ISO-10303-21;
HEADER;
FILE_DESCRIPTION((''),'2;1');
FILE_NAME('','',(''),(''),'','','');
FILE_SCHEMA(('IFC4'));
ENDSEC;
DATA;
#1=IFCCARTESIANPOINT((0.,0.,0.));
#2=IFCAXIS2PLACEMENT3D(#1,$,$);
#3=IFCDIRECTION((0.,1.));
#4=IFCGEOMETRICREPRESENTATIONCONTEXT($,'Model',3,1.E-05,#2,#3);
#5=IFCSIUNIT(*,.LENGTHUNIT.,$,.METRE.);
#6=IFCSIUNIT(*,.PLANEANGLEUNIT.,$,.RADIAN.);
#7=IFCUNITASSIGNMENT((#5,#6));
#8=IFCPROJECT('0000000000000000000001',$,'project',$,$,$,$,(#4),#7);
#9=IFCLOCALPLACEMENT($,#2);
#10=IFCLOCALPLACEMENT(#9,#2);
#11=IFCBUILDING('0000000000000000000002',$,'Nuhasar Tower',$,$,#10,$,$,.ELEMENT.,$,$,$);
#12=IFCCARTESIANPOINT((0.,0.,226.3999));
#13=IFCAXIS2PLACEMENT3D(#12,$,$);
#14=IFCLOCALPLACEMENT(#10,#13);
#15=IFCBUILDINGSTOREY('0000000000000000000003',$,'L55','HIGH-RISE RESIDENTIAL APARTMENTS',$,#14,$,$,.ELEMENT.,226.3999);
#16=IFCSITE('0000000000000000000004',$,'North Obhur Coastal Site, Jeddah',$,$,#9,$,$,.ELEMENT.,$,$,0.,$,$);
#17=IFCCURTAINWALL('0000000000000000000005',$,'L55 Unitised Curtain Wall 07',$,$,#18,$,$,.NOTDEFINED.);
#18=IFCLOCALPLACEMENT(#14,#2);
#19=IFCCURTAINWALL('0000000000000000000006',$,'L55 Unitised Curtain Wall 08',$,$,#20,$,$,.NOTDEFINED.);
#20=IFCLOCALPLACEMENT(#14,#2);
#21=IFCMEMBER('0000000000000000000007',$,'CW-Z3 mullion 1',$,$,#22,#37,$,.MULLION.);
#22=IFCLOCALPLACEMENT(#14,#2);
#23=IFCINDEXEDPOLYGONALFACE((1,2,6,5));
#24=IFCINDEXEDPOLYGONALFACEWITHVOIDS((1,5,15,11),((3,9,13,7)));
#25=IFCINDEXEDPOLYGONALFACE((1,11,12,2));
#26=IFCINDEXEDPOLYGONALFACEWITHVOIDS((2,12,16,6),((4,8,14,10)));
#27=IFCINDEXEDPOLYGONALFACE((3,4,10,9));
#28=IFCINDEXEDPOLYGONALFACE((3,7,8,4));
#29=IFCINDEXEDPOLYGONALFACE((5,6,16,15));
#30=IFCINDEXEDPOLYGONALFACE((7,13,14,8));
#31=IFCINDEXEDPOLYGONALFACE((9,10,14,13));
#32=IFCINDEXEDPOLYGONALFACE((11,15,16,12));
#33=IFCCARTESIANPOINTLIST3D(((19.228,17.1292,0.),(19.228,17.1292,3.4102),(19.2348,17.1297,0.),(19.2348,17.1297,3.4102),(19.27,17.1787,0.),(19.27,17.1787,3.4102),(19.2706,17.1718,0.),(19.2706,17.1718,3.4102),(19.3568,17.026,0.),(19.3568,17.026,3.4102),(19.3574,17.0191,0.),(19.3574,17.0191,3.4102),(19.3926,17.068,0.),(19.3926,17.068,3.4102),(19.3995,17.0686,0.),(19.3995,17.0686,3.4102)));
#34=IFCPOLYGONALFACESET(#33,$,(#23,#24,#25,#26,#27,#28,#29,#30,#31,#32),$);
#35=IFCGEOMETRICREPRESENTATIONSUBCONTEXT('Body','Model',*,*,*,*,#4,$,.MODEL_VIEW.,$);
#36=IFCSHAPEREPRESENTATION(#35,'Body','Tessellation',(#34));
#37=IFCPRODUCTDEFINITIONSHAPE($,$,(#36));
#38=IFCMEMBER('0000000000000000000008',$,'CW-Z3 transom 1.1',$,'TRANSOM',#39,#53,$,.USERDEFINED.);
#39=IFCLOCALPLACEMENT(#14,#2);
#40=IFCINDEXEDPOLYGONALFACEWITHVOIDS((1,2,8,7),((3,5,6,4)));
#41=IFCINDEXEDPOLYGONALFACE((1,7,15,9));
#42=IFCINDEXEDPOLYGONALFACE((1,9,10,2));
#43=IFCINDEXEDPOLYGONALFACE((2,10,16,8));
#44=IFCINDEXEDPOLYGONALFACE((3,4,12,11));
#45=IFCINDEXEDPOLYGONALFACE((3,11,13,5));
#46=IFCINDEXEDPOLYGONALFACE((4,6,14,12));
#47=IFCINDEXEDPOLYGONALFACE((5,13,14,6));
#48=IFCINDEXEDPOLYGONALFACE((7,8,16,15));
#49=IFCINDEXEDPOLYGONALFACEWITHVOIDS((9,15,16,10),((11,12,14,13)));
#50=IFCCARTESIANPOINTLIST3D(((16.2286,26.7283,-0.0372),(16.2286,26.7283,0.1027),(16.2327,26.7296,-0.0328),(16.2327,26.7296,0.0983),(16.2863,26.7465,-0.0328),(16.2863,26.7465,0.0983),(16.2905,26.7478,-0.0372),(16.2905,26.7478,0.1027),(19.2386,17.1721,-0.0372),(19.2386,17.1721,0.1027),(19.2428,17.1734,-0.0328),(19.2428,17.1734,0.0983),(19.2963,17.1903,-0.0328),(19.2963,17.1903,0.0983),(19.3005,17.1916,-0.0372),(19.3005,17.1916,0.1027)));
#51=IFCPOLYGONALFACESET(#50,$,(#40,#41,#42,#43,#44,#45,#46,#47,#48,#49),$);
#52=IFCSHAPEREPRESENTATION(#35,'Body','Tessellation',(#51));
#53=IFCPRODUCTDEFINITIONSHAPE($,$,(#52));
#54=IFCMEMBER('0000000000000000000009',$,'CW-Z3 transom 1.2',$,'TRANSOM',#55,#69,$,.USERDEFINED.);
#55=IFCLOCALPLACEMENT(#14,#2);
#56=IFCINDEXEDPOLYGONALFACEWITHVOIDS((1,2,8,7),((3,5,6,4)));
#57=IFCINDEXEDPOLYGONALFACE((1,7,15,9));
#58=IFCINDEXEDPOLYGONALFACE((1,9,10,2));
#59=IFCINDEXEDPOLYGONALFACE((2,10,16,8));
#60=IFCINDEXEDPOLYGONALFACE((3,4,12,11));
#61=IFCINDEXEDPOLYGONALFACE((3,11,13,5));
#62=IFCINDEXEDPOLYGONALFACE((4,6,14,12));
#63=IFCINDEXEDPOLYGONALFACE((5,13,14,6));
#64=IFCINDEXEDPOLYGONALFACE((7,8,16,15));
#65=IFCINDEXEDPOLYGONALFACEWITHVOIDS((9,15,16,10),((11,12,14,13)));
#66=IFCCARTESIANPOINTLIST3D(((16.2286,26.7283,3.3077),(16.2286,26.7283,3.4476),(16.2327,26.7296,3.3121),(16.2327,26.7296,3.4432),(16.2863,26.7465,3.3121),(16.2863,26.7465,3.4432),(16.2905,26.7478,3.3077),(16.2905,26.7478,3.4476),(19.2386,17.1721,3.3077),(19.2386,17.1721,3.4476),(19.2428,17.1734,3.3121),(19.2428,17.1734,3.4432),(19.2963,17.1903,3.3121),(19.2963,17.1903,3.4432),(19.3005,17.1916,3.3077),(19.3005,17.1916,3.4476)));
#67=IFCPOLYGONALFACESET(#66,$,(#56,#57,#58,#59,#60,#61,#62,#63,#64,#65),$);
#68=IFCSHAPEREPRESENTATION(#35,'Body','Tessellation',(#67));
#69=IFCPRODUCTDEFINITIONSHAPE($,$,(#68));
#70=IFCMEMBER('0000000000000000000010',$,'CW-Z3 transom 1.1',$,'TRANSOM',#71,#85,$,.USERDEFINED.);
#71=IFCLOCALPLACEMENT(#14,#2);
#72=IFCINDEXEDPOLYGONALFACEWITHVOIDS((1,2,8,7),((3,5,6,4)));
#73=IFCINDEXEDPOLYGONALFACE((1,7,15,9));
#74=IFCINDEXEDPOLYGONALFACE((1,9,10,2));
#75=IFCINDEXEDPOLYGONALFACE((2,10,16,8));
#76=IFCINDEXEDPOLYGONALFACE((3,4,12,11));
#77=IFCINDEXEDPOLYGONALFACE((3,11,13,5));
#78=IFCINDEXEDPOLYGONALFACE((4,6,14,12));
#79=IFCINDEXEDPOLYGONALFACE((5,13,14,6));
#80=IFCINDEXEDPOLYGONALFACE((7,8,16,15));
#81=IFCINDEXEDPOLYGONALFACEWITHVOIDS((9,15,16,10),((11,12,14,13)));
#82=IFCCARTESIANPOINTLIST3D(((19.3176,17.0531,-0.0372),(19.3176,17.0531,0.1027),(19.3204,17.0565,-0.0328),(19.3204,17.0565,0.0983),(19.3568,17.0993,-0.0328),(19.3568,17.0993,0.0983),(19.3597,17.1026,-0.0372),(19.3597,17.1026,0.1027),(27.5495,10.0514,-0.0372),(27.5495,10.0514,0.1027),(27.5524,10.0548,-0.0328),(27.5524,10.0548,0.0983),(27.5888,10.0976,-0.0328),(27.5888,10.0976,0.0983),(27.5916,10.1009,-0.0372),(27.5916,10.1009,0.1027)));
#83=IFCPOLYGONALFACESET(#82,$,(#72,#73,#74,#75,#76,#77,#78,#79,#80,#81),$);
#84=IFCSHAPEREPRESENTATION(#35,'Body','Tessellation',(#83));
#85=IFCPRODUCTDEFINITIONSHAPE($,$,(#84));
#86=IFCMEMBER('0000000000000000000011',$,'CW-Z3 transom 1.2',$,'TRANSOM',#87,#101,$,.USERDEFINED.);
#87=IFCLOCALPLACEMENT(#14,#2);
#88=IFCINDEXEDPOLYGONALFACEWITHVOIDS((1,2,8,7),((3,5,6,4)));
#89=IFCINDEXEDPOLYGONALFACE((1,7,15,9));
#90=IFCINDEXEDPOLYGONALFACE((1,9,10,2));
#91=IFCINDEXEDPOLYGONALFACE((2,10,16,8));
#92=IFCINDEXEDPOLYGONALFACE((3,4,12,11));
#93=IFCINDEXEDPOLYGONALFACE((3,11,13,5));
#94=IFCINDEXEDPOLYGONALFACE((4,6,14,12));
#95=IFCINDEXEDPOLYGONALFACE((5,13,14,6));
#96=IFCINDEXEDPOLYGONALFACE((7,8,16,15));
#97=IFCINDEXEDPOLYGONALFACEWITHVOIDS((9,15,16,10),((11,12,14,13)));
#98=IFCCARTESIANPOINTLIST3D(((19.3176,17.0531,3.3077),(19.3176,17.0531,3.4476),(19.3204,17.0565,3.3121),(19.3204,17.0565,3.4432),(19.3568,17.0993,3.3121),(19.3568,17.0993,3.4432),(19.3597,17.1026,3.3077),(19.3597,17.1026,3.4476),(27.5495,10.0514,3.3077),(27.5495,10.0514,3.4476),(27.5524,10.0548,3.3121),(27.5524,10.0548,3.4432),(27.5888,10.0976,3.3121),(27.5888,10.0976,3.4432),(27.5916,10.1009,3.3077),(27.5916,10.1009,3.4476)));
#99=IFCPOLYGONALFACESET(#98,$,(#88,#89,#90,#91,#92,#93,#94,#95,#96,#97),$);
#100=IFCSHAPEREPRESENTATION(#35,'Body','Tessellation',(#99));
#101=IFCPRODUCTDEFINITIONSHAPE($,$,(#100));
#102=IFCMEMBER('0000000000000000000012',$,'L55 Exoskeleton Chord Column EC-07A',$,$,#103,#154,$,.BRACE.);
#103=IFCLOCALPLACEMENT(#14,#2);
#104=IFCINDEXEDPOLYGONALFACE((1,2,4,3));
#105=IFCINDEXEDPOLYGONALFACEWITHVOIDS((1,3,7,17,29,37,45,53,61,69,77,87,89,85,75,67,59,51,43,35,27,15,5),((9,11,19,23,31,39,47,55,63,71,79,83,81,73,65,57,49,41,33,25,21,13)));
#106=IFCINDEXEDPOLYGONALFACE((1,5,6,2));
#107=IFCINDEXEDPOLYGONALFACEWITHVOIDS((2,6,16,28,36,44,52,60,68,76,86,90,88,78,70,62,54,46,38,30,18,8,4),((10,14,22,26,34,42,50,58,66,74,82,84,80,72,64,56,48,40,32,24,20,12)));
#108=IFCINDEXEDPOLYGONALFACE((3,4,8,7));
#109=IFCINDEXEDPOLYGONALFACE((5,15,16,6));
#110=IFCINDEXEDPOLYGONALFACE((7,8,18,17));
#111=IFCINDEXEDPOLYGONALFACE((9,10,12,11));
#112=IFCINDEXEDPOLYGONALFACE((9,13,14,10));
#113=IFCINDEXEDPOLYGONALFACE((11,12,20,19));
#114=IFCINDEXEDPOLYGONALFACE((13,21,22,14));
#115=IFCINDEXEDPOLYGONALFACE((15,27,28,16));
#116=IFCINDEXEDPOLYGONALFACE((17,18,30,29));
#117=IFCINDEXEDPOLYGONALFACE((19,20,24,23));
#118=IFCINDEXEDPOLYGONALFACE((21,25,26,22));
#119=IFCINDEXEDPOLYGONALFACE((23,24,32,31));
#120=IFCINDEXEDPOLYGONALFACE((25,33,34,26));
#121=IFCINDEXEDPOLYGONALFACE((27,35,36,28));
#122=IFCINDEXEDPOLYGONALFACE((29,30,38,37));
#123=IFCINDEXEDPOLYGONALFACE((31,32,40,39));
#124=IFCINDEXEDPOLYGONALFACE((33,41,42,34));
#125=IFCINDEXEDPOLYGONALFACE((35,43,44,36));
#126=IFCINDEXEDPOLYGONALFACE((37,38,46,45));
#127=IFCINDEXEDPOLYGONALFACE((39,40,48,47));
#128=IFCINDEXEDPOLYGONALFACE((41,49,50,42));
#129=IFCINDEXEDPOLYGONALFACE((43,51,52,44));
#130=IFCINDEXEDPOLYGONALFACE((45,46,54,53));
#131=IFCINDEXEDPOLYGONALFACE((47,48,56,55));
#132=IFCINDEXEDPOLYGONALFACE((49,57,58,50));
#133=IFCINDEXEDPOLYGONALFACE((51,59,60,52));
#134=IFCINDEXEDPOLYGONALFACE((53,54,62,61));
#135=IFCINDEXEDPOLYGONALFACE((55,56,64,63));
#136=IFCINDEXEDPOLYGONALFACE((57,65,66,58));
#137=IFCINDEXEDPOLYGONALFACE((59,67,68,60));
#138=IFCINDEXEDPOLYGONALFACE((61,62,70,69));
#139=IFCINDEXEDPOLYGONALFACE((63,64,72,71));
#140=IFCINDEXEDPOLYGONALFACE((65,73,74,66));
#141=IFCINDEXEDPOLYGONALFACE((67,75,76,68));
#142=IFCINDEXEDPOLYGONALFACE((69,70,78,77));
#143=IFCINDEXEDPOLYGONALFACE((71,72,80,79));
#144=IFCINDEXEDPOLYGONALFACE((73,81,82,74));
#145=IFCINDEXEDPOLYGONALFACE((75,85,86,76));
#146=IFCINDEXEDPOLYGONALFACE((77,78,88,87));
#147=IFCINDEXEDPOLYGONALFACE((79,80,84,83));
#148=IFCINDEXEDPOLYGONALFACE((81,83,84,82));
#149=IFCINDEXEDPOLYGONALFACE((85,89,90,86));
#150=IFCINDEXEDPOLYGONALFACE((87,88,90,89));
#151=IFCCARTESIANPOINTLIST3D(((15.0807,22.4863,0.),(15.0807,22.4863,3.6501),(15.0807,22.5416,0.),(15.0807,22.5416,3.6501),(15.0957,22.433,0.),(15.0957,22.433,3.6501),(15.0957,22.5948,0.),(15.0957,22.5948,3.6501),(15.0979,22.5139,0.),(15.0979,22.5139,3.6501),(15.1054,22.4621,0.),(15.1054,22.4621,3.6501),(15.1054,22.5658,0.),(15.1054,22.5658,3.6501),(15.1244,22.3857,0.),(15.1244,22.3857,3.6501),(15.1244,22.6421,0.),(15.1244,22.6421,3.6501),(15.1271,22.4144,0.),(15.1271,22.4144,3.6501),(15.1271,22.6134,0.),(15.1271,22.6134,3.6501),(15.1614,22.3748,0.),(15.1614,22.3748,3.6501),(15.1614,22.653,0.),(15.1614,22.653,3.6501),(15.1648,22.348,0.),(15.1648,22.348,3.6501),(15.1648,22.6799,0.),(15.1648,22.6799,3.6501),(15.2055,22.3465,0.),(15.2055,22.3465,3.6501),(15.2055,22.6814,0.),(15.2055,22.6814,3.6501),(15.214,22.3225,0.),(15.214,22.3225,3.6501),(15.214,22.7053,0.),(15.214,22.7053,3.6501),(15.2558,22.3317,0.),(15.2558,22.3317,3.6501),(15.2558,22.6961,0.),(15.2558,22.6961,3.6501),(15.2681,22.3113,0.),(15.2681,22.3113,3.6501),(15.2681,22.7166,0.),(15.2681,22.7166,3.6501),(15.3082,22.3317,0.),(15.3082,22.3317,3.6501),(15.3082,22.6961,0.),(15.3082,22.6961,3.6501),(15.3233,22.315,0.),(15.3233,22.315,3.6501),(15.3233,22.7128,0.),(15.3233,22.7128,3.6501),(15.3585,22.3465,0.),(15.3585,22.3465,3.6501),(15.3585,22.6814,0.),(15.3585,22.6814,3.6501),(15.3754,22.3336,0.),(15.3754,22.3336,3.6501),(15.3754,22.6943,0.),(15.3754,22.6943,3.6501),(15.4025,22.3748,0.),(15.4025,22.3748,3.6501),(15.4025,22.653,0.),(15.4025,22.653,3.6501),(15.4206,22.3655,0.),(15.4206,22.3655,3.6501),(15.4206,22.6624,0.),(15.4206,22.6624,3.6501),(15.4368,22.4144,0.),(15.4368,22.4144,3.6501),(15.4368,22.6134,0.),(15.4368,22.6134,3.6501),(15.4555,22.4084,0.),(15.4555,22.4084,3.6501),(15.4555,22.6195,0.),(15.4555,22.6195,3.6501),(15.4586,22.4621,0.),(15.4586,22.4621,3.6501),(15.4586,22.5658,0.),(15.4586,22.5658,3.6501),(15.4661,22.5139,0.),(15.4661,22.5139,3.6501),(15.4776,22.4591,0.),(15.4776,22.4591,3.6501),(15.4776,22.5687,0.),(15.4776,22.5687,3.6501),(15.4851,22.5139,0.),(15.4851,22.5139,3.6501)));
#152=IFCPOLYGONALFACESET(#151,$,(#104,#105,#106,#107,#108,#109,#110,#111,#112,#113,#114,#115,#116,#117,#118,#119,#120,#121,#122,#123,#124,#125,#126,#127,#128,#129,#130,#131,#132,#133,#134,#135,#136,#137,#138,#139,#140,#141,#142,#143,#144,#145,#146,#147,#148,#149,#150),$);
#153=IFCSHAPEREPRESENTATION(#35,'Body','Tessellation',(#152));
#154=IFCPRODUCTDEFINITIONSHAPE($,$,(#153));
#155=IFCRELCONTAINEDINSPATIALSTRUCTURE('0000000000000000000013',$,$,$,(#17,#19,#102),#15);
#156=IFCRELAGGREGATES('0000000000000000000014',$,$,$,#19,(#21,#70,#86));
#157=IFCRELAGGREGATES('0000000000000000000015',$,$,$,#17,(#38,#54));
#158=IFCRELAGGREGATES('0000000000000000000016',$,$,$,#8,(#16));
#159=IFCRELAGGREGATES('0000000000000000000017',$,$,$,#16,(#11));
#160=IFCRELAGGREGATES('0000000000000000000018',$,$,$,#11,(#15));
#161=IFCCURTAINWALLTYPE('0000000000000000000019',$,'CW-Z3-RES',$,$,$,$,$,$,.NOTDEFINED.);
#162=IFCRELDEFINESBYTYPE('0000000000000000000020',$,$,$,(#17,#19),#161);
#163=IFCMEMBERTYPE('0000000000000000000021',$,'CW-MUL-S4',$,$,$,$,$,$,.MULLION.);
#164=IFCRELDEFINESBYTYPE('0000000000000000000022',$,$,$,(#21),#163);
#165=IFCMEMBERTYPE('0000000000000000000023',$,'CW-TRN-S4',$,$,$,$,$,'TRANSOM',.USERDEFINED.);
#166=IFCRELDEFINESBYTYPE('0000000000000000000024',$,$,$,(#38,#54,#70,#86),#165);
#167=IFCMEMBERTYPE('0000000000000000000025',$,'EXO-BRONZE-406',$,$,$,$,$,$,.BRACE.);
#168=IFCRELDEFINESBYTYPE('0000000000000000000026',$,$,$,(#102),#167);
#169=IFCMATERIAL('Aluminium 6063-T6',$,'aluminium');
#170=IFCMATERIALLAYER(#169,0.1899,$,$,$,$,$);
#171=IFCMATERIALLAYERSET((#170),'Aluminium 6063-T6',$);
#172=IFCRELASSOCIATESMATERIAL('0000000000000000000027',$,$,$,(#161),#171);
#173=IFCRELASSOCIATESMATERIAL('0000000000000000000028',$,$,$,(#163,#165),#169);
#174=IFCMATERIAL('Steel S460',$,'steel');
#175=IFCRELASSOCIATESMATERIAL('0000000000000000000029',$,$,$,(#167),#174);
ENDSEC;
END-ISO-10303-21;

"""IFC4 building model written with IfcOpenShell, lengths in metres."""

from ifc_helpers import new_model, si_unit, direction, frame, origin, origin_2d, place, context, subcontext, project, spatial, hollow_rectangle, hollow_circle, extrude, material, layer, layer_set, material_profile, profile_set, type_object, element, aggregate, save


model = new_model("IFC4")

# Units and contexts
model_context = context("Model", 3, precision=1e-05, world=origin(), true_north=direction((0.0, 1.0)))
body_context = subcontext(model_context, "Body", "Model", "MODEL_VIEW")
ifc_project = project(units=[si_unit("LENGTHUNIT", "METRE"), si_unit("PLANEANGLEUNIT", "RADIAN")], contexts=[model_context])

# Site, building, storey
site_placement = place(None, origin())
site = spatial("IfcSite", under=ifc_project, at=site_placement, Name="North Obhur Coastal Site, Jeddah", CompositionType="ELEMENT", RefElevation=0.0)
building_placement = place(site_placement, origin())
building = spatial("IfcBuilding", under=site, at=building_placement, Name="Nuhasar Tower", CompositionType="ELEMENT")
storey_placement = place(building_placement, frame((0.0, 0.0, 226.3999)))
storey = spatial("IfcBuildingStorey", under=building, at=storey_placement, Name="L55", Description="HIGH-RISE RESIDENTIAL APARTMENTS", CompositionType="ELEMENT", Elevation=226.3999)

# Curtain wall
ifc_material_1 = material(Name="Aluminium 6063-T6", Category="aluminium")
ifc_layer_1 = layer(ifc_material_1, 0.1899)
ifc_layer_set_1 = layer_set([ifc_layer_1], Name="Aluminium 6063-T6")
curtain_wall_type = type_object("IfcCurtainWallType", Name="CW-Z3-RES", PredefinedType="NOTDEFINED", material=ifc_layer_set_1)
curtain_wall_1_placement = place(storey_placement, origin())
curtain_wall_1 = element("IfcCurtainWall", 1, at=curtain_wall_1_placement, inside=storey, type_object=curtain_wall_type, Name="L55 Unitised Curtain Wall 07", PredefinedType="NOTDEFINED")
ifc_material_profile_1 = material_profile(ifc_material_1, hollow_rectangle(XDim=0.0649, YDim=0.1699, WallThickness=0.0049, at=origin_2d()), Name="CWM-4")
ifc_profile_set_1 = profile_set([ifc_material_profile_1], Name="Aluminium 6063-T6")
member_type_1 = type_object("IfcMemberType", Name="CW-MUL-S4", PredefinedType="MULLION", material=ifc_profile_set_1)

# Curtain wall, member
curtain_wall_2_placement = place(storey_placement, origin())
curtain_wall_2 = element("IfcCurtainWall", 2, at=curtain_wall_2_placement, inside=storey, type_object=curtain_wall_type, Name="L55 Unitised Curtain Wall 08", PredefinedType="NOTDEFINED")
member_1_placement = place(storey_placement, frame((19.3137, 17.0989, 0.0), z_axis=(0.0, 0.0, 1.0), x_axis=(0.647895, 0.761729, 0.0)))
member_1 = element("IfcMember", 3, at=member_1_placement, type_object=member_type_1, Name="CW-Z3 mullion 1", PredefinedType="MULLION", context=body_context, shape_type="SweptSolid", body=[
    extrude(hollow_rectangle(XDim=0.0649, YDim=0.1699, WallThickness=0.0049, at=origin_2d()), origin(), (0.0, 0.0, 1.0), 3.4102),
])

# Members
ifc_material_profile_2 = material_profile(ifc_material_1, hollow_rectangle(XDim=0.0649, YDim=0.1399, WallThickness=0.0044, at=origin_2d()), Name="CWT-4")
ifc_profile_set_2 = profile_set([ifc_material_profile_2], Name="Aluminium 6063-T6")
member_type_2 = type_object("IfcMemberType", Name="CW-TRN-S4", ElementType="TRANSOM", PredefinedType="USERDEFINED", material=ifc_profile_set_2)
member_2_placement = place(storey_placement, frame((16.2595, 26.738, 0.0327), z_axis=(0.30043, -0.953804, 0.0), x_axis=(0.953804, 0.30043, 0.0)))
member_2 = element("IfcMember", 4, at=member_2_placement, type_object=member_type_2, Name="CW-Z3 transom 1.1", ObjectType="TRANSOM", PredefinedType="USERDEFINED", context=body_context, shape_type="SweptSolid", body=[
    extrude(hollow_rectangle(XDim=0.0649, YDim=0.1399, WallThickness=0.0044, at=origin_2d()), origin(), (0.0, 0.0, 1.0), 10.019),
])
member_3_placement = place(storey_placement, frame((16.2595, 26.738, 3.3777), z_axis=(0.30043, -0.953804, 0.0), x_axis=(0.953804, 0.30043, 0.0)))
member_3 = element("IfcMember", 5, at=member_3_placement, type_object=member_type_2, Name="CW-Z3 transom 1.2", ObjectType="TRANSOM", PredefinedType="USERDEFINED", context=body_context, shape_type="SweptSolid", body=[
    extrude(hollow_rectangle(XDim=0.0649, YDim=0.1399, WallThickness=0.0044, at=origin_2d()), origin(), (0.0, 0.0, 1.0), 10.019),
])
member_4_placement = place(storey_placement, frame((19.3386, 17.0779, 0.0327), z_axis=(0.761731, -0.647894, 0.0), x_axis=(0.647894, 0.761731, 0.0)))
member_4 = element("IfcMember", 6, at=member_4_placement, type_object=member_type_2, Name="CW-Z3 transom 1.1", ObjectType="TRANSOM", PredefinedType="USERDEFINED", context=body_context, shape_type="SweptSolid", body=[
    extrude(hollow_rectangle(XDim=0.0649, YDim=0.1399, WallThickness=0.0044, at=origin_2d()), origin(), (0.0, 0.0, 1.0), 10.8069),
])
member_5_placement = place(storey_placement, frame((19.3386, 17.0779, 3.3777), z_axis=(0.761731, -0.647894, 0.0), x_axis=(0.647894, 0.761731, 0.0)))
member_5 = element("IfcMember", 7, at=member_5_placement, type_object=member_type_2, Name="CW-Z3 transom 1.2", ObjectType="TRANSOM", PredefinedType="USERDEFINED", context=body_context, shape_type="SweptSolid", body=[
    extrude(hollow_rectangle(XDim=0.0649, YDim=0.1399, WallThickness=0.0044, at=origin_2d()), origin(), (0.0, 0.0, 1.0), 10.8069),
])
aggregate(curtain_wall_2, [member_1, member_4, member_5])

# Member
ifc_material_2 = material(Name="Steel S460", Category="steel")
ifc_material_profile_3 = material_profile(ifc_material_2, hollow_circle(Radius=0.2031, WallThickness=0.019, at=origin_2d()), Name="HSS406.4X19.1")
ifc_profile_set_3 = profile_set([ifc_material_profile_3], Name="Steel S460")
member_type_3 = type_object("IfcMemberType", Name="EXO-BRONZE-406", PredefinedType="BRACE", material=ifc_profile_set_3)
for number, where, z_axis, x_axis, name in (
    (8, (15.282, 22.5139, 0.0), (0.0, 0.0, 1.0), (1.0, 0.0, 0.0), "L55 Exoskeleton Chord Column EC-07A"),
):
    element("IfcMember", number, at=place(storey_placement, frame(where, z_axis=z_axis, x_axis=x_axis)), inside=storey, type_object=member_type_3, Name=name, PredefinedType="BRACE", context=body_context, shape_type="SweptSolid", body=[
        extrude(hollow_circle(Radius=0.2031, WallThickness=0.019, at=origin_2d()), origin(), (0.0, 0.0, 1.0), 3.6501),
    ])

aggregate(curtain_wall_1, [member_2, member_3])

save(model, "model.ifc")
